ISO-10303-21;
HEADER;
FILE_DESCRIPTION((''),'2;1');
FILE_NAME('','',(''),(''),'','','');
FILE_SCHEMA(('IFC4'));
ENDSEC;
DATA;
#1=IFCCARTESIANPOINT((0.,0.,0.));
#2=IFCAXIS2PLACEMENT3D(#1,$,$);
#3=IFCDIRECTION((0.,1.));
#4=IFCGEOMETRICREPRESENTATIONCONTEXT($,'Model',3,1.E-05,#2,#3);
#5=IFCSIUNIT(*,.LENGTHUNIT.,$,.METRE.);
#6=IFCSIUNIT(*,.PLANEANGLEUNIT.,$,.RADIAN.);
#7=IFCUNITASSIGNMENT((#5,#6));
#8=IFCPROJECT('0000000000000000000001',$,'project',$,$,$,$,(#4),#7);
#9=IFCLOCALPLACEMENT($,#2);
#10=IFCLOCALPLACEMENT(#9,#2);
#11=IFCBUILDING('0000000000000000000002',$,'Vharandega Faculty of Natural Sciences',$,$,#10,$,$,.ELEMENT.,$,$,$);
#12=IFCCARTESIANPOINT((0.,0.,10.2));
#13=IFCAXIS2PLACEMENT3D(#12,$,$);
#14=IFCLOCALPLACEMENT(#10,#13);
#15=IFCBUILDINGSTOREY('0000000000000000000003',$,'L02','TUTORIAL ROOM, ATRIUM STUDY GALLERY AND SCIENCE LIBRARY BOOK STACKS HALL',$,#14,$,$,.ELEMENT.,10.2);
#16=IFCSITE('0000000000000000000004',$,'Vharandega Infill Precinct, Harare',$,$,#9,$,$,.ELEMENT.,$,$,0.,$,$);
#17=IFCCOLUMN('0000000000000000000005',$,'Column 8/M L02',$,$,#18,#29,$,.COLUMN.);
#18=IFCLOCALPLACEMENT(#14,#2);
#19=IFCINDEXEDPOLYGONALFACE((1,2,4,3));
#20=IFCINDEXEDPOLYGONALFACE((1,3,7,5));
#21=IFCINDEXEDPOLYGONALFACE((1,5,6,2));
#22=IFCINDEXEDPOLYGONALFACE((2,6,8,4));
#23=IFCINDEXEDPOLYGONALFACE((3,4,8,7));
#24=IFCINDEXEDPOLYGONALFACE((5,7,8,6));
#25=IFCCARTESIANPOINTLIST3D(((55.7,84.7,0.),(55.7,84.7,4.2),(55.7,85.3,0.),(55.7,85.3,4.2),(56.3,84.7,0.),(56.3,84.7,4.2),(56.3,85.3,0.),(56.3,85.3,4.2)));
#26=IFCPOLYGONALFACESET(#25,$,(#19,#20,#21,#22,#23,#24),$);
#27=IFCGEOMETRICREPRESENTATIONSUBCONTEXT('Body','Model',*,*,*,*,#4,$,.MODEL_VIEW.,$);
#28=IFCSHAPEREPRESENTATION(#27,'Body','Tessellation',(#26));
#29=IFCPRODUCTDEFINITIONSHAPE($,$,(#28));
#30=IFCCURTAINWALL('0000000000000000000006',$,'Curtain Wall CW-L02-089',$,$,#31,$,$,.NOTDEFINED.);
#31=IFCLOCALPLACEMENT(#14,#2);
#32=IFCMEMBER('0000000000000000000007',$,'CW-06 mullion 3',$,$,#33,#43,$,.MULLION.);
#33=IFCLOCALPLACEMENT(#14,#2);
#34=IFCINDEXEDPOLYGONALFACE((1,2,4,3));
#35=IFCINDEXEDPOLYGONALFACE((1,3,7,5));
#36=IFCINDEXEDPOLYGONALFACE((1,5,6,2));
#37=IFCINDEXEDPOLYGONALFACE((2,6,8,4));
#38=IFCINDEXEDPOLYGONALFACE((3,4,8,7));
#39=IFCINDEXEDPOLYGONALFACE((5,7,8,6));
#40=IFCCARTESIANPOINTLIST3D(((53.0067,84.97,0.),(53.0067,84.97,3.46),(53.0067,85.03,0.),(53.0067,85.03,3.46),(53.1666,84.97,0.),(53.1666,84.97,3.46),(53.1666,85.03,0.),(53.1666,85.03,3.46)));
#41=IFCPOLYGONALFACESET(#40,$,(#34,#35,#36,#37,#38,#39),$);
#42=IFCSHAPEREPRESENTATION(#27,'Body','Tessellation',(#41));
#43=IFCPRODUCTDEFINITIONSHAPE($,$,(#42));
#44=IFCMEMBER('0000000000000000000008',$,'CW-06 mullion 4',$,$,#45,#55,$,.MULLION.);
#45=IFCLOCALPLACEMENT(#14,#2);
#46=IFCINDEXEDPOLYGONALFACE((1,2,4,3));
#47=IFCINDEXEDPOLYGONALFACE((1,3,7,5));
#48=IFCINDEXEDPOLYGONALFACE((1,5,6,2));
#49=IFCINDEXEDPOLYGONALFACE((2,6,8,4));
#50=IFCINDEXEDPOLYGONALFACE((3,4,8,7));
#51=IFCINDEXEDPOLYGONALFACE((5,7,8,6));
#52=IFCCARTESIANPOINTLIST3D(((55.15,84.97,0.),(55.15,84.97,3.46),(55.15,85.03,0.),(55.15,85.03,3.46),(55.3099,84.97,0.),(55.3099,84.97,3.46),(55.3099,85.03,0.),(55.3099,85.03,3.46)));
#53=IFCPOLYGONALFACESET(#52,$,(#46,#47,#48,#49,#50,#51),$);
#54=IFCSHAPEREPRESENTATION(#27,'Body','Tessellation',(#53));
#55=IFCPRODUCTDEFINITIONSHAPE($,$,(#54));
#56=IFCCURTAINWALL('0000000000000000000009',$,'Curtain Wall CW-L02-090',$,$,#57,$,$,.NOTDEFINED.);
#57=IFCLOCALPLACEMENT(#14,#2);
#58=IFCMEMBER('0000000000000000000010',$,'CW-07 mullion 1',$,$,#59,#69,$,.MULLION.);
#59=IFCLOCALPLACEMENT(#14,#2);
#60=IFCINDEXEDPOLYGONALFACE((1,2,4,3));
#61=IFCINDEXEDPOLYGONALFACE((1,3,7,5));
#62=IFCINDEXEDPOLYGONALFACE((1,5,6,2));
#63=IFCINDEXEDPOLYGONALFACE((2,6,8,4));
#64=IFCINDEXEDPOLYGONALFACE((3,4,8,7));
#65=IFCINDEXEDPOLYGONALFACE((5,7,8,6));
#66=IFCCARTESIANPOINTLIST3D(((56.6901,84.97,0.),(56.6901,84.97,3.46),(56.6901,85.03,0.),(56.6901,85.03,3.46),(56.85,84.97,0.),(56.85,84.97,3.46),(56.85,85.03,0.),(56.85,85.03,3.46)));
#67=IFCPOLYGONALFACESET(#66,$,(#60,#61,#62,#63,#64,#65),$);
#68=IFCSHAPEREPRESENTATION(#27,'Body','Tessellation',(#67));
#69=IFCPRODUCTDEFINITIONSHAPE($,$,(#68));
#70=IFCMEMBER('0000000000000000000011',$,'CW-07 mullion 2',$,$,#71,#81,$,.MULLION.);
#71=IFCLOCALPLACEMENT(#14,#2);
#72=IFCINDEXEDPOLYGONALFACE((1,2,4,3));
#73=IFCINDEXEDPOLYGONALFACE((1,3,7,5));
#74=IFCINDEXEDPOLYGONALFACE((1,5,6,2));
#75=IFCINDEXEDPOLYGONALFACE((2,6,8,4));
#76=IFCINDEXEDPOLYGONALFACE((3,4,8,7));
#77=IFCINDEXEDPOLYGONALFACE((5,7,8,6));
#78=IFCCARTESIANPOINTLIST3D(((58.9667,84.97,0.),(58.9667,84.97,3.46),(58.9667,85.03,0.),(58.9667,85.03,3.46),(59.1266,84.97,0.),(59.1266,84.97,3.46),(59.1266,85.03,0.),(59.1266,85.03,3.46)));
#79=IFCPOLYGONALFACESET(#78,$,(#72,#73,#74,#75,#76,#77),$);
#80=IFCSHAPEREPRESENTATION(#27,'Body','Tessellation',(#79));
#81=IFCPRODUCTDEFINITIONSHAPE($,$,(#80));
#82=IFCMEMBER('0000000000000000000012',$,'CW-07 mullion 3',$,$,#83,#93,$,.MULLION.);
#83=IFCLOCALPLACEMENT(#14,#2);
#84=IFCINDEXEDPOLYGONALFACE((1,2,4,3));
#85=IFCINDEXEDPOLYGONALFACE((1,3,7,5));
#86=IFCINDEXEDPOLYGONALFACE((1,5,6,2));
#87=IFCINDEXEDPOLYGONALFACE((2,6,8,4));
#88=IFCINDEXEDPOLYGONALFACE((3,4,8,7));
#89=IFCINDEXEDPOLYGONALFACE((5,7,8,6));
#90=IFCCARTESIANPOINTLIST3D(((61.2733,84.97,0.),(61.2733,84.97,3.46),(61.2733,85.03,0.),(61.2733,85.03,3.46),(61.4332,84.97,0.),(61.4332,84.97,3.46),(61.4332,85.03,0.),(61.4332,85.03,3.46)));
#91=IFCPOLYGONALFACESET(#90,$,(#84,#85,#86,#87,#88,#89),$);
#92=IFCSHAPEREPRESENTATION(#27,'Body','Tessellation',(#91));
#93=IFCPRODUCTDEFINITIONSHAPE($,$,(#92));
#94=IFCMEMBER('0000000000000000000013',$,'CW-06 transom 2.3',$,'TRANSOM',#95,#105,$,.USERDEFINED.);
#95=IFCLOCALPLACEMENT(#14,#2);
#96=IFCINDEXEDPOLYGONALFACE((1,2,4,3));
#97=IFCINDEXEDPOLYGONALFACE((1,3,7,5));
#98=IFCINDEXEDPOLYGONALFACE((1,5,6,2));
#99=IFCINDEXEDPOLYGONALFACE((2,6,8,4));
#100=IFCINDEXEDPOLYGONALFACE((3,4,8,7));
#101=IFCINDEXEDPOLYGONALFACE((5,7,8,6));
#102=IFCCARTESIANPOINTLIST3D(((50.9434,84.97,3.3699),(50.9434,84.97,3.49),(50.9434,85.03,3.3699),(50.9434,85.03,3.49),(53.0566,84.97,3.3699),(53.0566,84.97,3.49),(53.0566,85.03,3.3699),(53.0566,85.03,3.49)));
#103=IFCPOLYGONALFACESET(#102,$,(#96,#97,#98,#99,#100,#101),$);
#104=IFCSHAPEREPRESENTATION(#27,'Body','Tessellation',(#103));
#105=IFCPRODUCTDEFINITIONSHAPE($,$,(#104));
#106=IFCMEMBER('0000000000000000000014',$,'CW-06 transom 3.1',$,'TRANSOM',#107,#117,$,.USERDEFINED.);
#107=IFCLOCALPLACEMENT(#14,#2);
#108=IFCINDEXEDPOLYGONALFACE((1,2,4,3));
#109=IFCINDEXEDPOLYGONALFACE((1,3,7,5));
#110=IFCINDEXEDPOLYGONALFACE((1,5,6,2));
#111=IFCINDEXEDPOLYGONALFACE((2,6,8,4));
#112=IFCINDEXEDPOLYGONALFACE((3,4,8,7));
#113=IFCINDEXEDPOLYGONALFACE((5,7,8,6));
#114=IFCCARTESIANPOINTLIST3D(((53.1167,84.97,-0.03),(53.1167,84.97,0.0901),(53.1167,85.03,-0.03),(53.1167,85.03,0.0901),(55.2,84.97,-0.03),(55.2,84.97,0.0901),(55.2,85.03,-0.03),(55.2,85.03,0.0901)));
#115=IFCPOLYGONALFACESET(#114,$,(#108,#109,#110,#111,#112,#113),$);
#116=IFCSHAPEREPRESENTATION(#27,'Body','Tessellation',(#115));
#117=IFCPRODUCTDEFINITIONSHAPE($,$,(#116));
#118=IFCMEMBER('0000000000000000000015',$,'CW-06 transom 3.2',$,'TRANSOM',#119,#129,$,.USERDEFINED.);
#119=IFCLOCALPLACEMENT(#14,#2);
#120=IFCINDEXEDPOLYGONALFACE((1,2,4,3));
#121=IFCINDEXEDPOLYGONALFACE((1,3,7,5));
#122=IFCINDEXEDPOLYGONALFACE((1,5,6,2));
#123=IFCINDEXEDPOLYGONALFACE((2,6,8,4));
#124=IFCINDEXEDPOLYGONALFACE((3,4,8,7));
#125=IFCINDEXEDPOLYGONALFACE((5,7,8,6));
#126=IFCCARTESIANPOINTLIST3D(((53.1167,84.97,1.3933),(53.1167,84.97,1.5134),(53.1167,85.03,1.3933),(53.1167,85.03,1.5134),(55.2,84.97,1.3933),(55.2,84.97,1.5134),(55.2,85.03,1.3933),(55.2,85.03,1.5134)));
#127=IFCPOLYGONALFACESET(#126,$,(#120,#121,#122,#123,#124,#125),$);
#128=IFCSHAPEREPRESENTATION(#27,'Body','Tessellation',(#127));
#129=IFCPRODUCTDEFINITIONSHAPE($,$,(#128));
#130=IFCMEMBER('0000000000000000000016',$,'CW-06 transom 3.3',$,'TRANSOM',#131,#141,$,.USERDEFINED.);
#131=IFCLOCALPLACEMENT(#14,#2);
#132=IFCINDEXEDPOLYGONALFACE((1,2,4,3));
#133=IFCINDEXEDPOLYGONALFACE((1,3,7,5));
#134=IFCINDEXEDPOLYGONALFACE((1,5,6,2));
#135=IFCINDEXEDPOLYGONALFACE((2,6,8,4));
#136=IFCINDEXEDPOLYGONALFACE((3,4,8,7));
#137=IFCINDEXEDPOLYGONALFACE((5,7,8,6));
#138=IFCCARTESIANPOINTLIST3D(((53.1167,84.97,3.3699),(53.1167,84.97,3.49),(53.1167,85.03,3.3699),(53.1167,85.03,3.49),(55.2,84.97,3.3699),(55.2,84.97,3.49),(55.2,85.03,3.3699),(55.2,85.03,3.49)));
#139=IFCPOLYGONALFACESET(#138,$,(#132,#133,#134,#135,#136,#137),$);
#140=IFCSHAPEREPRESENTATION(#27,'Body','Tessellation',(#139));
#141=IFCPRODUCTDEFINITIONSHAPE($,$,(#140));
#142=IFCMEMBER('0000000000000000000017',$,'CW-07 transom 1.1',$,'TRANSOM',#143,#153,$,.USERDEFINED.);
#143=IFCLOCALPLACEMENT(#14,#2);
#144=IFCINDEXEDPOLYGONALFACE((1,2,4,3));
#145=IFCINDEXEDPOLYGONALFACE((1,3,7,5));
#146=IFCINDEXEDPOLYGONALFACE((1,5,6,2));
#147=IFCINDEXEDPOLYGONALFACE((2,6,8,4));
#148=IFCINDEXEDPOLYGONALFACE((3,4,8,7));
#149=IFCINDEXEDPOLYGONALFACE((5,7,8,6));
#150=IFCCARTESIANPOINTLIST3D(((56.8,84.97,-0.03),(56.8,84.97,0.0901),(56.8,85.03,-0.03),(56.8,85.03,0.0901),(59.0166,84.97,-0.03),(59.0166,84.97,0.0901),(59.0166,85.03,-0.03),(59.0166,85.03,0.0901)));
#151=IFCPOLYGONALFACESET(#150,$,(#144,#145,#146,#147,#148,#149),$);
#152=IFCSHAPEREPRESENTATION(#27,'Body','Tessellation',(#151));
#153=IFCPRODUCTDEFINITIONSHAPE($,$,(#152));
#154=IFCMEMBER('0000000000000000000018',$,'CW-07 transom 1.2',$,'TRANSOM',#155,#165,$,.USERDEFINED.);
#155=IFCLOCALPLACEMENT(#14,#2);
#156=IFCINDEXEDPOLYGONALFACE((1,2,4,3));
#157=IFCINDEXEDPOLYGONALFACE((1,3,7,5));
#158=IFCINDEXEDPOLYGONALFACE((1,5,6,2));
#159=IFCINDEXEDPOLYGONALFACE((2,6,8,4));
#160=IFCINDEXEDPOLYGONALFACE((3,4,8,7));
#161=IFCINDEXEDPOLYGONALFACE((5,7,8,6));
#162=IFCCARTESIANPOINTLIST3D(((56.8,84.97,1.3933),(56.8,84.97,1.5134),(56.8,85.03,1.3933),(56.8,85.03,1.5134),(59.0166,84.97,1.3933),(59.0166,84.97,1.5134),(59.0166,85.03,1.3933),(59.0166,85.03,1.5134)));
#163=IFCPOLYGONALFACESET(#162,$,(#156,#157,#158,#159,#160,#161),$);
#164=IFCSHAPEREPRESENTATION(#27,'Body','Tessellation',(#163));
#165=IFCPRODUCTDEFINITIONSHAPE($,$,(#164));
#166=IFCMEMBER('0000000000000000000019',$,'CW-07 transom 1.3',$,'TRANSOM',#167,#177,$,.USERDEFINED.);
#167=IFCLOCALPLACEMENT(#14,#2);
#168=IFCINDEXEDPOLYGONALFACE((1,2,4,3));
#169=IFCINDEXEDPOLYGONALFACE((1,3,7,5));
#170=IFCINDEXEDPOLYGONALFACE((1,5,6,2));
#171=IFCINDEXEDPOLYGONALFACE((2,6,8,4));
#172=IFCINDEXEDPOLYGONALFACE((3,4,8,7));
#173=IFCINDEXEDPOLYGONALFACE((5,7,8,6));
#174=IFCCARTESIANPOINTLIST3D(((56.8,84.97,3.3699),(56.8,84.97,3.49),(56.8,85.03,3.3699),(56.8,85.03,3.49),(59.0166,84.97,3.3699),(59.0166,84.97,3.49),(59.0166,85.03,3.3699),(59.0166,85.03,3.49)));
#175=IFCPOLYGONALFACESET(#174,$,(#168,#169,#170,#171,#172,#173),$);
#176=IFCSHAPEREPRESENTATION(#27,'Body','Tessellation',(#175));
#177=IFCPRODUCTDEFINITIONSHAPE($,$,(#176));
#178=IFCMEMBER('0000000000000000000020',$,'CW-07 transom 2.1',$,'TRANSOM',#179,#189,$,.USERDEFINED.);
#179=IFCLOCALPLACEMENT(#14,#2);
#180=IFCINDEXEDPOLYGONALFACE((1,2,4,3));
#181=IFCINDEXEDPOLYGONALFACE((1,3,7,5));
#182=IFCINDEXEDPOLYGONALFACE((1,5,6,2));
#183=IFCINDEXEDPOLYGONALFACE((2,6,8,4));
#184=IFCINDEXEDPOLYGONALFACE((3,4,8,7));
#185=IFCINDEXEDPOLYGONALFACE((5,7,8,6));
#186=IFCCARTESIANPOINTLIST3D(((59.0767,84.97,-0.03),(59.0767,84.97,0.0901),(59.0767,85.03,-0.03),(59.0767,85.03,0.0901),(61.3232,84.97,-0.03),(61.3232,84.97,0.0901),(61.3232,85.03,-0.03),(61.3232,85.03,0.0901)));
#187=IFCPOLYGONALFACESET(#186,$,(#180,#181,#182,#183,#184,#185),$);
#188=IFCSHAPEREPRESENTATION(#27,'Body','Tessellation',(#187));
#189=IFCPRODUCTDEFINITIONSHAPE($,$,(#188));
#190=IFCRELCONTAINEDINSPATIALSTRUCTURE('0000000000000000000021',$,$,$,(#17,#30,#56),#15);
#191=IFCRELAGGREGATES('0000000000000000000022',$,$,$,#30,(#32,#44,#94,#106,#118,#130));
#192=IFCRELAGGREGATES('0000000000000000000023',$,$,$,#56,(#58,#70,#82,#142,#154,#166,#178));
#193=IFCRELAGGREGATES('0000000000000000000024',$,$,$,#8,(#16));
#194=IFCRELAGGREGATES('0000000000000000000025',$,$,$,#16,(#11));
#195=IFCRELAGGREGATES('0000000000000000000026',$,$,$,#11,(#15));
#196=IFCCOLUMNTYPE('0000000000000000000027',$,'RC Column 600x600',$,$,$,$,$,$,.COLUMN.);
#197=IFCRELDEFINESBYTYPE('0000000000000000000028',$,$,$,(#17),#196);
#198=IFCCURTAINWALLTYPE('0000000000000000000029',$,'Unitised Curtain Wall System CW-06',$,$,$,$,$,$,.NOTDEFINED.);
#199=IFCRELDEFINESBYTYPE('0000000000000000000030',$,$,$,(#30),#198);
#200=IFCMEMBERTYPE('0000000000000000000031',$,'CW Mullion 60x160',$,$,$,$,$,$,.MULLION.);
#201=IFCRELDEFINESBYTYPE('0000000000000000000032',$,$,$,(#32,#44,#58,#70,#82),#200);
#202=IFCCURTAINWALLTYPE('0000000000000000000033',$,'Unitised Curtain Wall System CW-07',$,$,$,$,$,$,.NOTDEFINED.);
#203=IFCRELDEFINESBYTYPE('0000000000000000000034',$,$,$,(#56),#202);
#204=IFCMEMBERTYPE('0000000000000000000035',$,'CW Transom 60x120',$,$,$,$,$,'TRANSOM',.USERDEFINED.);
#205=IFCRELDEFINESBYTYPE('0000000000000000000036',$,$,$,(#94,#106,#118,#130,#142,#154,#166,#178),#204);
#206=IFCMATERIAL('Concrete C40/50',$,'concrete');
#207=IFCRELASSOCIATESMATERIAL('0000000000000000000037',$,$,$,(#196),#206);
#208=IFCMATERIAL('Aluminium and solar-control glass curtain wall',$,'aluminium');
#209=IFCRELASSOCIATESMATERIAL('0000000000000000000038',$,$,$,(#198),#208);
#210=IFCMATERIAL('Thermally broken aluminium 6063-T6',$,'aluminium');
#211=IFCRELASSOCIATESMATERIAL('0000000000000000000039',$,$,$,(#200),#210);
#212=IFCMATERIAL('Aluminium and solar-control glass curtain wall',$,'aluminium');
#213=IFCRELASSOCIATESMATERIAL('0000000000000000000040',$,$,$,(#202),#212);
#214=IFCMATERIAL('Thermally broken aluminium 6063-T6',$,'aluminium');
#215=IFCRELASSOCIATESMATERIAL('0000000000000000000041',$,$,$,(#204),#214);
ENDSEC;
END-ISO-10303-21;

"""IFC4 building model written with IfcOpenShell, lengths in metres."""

from ifc_helpers import new_model, si_unit, direction, frame, origin, origin_2d, place, context, subcontext, project, spatial, rectangle, extrude, material, material_profile, profile_set, type_object, element, aggregate, save


model = new_model("IFC4")

# Units and contexts
model_context = context("Model", 3, precision=1e-05, world=origin(), true_north=direction((0.0, 1.0)))
body_context = subcontext(model_context, "Body", "Model", "MODEL_VIEW")
ifc_project = project(units=[si_unit("LENGTHUNIT", "METRE"), si_unit("PLANEANGLEUNIT", "RADIAN")], contexts=[model_context])

# Site, building, storey
site_placement = place(None, origin())
site = spatial("IfcSite", under=ifc_project, at=site_placement, Name="Vharandega Infill Precinct, Harare", CompositionType="ELEMENT", RefElevation=0.0)
building_placement = place(site_placement, origin())
building = spatial("IfcBuilding", under=site, at=building_placement, Name="Vharandega Faculty of Natural Sciences", CompositionType="ELEMENT")
storey_placement = place(building_placement, frame((0.0, 0.0, 10.2)))
storey = spatial("IfcBuildingStorey", under=building, at=storey_placement, Name="L02", Description="TUTORIAL ROOM, ATRIUM STUDY GALLERY AND SCIENCE LIBRARY BOOK STACKS HALL", CompositionType="ELEMENT", Elevation=10.2)

# Column
ifc_material_1 = material(Name="Concrete C40/50", Category="concrete")
ifc_material_profile_1 = material_profile(ifc_material_1, rectangle(XDim=0.6001, YDim=0.6001, at=origin_2d()), Name="RC 600x600")
ifc_profile_set_1 = profile_set([ifc_material_profile_1], Name="Concrete C40/50")
column_type = type_object("IfcColumnType", Name="RC Column 600x600", PredefinedType="COLUMN", material=ifc_profile_set_1)
column_placement = place(storey_placement, frame((56.0, 85.0, 0.0), z_axis=(0.0, 0.0, 1.0), x_axis=(1.0, 0.0, 0.0)))
element("IfcColumn", 1, at=column_placement, inside=storey, type_object=column_type, Name="Column 8/M L02", PredefinedType="COLUMN", context=body_context, shape_type="SweptSolid", body=[
    extrude(rectangle(XDim=0.6001, YDim=0.6001, at=origin_2d()), origin(), (0.0, 0.0, 1.0), 4.2),
])

# Curtain walls, members
ifc_material_2 = material(Name="Aluminium and solar-control glass curtain wall", Category="aluminium")
curtain_wall_type_1 = type_object("IfcCurtainWallType", Name="Unitised Curtain Wall System CW-06", PredefinedType="NOTDEFINED", material=ifc_material_2)
curtain_wall_1_placement = place(storey_placement, origin())
curtain_wall_1 = element("IfcCurtainWall", 2, at=curtain_wall_1_placement, inside=storey, type_object=curtain_wall_type_1, Name="Curtain Wall CW-L02-089", PredefinedType="NOTDEFINED")
ifc_material_3 = material(Name="Thermally broken aluminium 6063-T6", Category="aluminium")
ifc_material_profile_2 = material_profile(ifc_material_3, rectangle(XDim=0.0601, YDim=0.1599, at=origin_2d()), Name="ALU 60x160")
ifc_profile_set_2 = profile_set([ifc_material_profile_2], Name="Thermally broken aluminium 6063-T6")
member_type_1 = type_object("IfcMemberType", Name="CW Mullion 60x160", PredefinedType="MULLION", material=ifc_profile_set_2)
member_1_placement = place(storey_placement, frame((53.0867, 85.0, 0.0), z_axis=(0.0, 0.0, 1.0), x_axis=(0.0, 1.0, 0.0)))
member_1 = element("IfcMember", 3, at=member_1_placement, type_object=member_type_1, Name="CW-06 mullion 3", PredefinedType="MULLION", context=body_context, shape_type="SweptSolid", body=[
    extrude(rectangle(XDim=0.0601, YDim=0.1599, at=origin_2d()), origin(), (0.0, 0.0, 1.0), 3.46),
])
member_2_placement = place(storey_placement, frame((55.23, 85.0, 0.0), z_axis=(0.0, 0.0, 1.0), x_axis=(0.0, 1.0, 0.0)))
member_2 = element("IfcMember", 4, at=member_2_placement, type_object=member_type_1, Name="CW-06 mullion 4", PredefinedType="MULLION", context=body_context, shape_type="SweptSolid", body=[
    extrude(rectangle(XDim=0.0601, YDim=0.1599, at=origin_2d()), origin(), (0.0, 0.0, 1.0), 3.46),
])
ifc_material_4 = material(Name="Aluminium and solar-control glass curtain wall", Category="aluminium")
curtain_wall_type_2 = type_object("IfcCurtainWallType", Name="Unitised Curtain Wall System CW-07", PredefinedType="NOTDEFINED", material=ifc_material_4)
curtain_wall_2_placement = place(storey_placement, origin())
curtain_wall_2 = element("IfcCurtainWall", 5, at=curtain_wall_2_placement, inside=storey, type_object=curtain_wall_type_2, Name="Curtain Wall CW-L02-090", PredefinedType="NOTDEFINED")
member_3_placement = place(storey_placement, frame((56.77, 85.0, 0.0), z_axis=(0.0, 0.0, 1.0), x_axis=(0.0, 1.0, 0.0)))
member_3 = element("IfcMember", 6, at=member_3_placement, type_object=member_type_1, Name="CW-07 mullion 1", PredefinedType="MULLION", context=body_context, shape_type="SweptSolid", body=[
    extrude(rectangle(XDim=0.0601, YDim=0.1599, at=origin_2d()), origin(), (0.0, 0.0, 1.0), 3.46),
])
member_4_placement = place(storey_placement, frame((59.0466, 85.0, 0.0), z_axis=(0.0, 0.0, 1.0), x_axis=(0.0, 1.0, 0.0)))
member_4 = element("IfcMember", 7, at=member_4_placement, type_object=member_type_1, Name="CW-07 mullion 2", PredefinedType="MULLION", context=body_context, shape_type="SweptSolid", body=[
    extrude(rectangle(XDim=0.0601, YDim=0.1599, at=origin_2d()), origin(), (0.0, 0.0, 1.0), 3.46),
])
member_5_placement = place(storey_placement, frame((61.3533, 85.0, 0.0), z_axis=(0.0, 0.0, 1.0), x_axis=(0.0, 1.0, 0.0)))
member_5 = element("IfcMember", 8, at=member_5_placement, type_object=member_type_1, Name="CW-07 mullion 3", PredefinedType="MULLION", context=body_context, shape_type="SweptSolid", body=[
    extrude(rectangle(XDim=0.0601, YDim=0.1599, at=origin_2d()), origin(), (0.0, 0.0, 1.0), 3.46),
])

# Members
ifc_material_5 = material(Name="Thermally broken aluminium 6063-T6", Category="aluminium")
ifc_material_profile_3 = material_profile(ifc_material_5, rectangle(XDim=0.0601, YDim=0.1201, at=origin_2d()), Name="ALU 60x120")
ifc_profile_set_3 = profile_set([ifc_material_profile_3], Name="Thermally broken aluminium 6063-T6")
member_type_2 = type_object("IfcMemberType", Name="CW Transom 60x120", ElementType="TRANSOM", PredefinedType="USERDEFINED", material=ifc_profile_set_3)
member_6_placement = place(storey_placement, frame((50.9434, 85.0, 3.4299), z_axis=(1.0, 0.0, 0.0), x_axis=(0.0, 1.0, 0.0)))
member_6 = element("IfcMember", 9, at=member_6_placement, type_object=member_type_2, Name="CW-06 transom 2.3", ObjectType="TRANSOM", PredefinedType="USERDEFINED", context=body_context, shape_type="SweptSolid", body=[
    extrude(rectangle(XDim=0.0601, YDim=0.1201, at=origin_2d()), origin(), (0.0, 0.0, 1.0), 2.1133),
])
member_7_placement = place(storey_placement, frame((53.1167, 85.0, 0.03), z_axis=(1.0, 0.0, 0.0), x_axis=(0.0, 1.0, 0.0)))
member_7 = element("IfcMember", 10, at=member_7_placement, type_object=member_type_2, Name="CW-06 transom 3.1", ObjectType="TRANSOM", PredefinedType="USERDEFINED", context=body_context, shape_type="SweptSolid", body=[
    extrude(rectangle(XDim=0.0601, YDim=0.1201, at=origin_2d()), origin(), (0.0, 0.0, 1.0), 2.0833),
])
member_8_placement = place(storey_placement, frame((53.1167, 85.0, 1.4534), z_axis=(1.0, 0.0, 0.0), x_axis=(0.0, 1.0, 0.0)))
member_8 = element("IfcMember", 11, at=member_8_placement, type_object=member_type_2, Name="CW-06 transom 3.2", ObjectType="TRANSOM", PredefinedType="USERDEFINED", context=body_context, shape_type="SweptSolid", body=[
    extrude(rectangle(XDim=0.0601, YDim=0.1201, at=origin_2d()), origin(), (0.0, 0.0, 1.0), 2.0833),
])
member_9_placement = place(storey_placement, frame((53.1167, 85.0, 3.4299), z_axis=(1.0, 0.0, 0.0), x_axis=(0.0, 1.0, 0.0)))
member_9 = element("IfcMember", 12, at=member_9_placement, type_object=member_type_2, Name="CW-06 transom 3.3", ObjectType="TRANSOM", PredefinedType="USERDEFINED", context=body_context, shape_type="SweptSolid", body=[
    extrude(rectangle(XDim=0.0601, YDim=0.1201, at=origin_2d()), origin(), (0.0, 0.0, 1.0), 2.0833),
])
member_10_placement = place(storey_placement, frame((56.8, 85.0, 0.03), z_axis=(1.0, 0.0, 0.0), x_axis=(0.0, 1.0, 0.0)))
member_10 = element("IfcMember", 13, at=member_10_placement, type_object=member_type_2, Name="CW-07 transom 1.1", ObjectType="TRANSOM", PredefinedType="USERDEFINED", context=body_context, shape_type="SweptSolid", body=[
    extrude(rectangle(XDim=0.0601, YDim=0.1201, at=origin_2d()), origin(), (0.0, 0.0, 1.0), 2.2166),
])
member_11_placement = place(storey_placement, frame((56.8, 85.0, 1.4534), z_axis=(1.0, 0.0, 0.0), x_axis=(0.0, 1.0, 0.0)))
member_11 = element("IfcMember", 14, at=member_11_placement, type_object=member_type_2, Name="CW-07 transom 1.2", ObjectType="TRANSOM", PredefinedType="USERDEFINED", context=body_context, shape_type="SweptSolid", body=[
    extrude(rectangle(XDim=0.0601, YDim=0.1201, at=origin_2d()), origin(), (0.0, 0.0, 1.0), 2.2166),
])
member_12_placement = place(storey_placement, frame((56.8, 85.0, 3.4299), z_axis=(1.0, 0.0, 0.0), x_axis=(0.0, 1.0, 0.0)))
member_12 = element("IfcMember", 15, at=member_12_placement, type_object=member_type_2, Name="CW-07 transom 1.3", ObjectType="TRANSOM", PredefinedType="USERDEFINED", context=body_context, shape_type="SweptSolid", body=[
    extrude(rectangle(XDim=0.0601, YDim=0.1201, at=origin_2d()), origin(), (0.0, 0.0, 1.0), 2.2166),
])
member_13_placement = place(storey_placement, frame((59.0767, 85.0, 0.03), z_axis=(1.0, 0.0, 0.0), x_axis=(0.0, 1.0, 0.0)))
member_13 = element("IfcMember", 16, at=member_13_placement, type_object=member_type_2, Name="CW-07 transom 2.1", ObjectType="TRANSOM", PredefinedType="USERDEFINED", context=body_context, shape_type="SweptSolid", body=[
    extrude(rectangle(XDim=0.0601, YDim=0.1201, at=origin_2d()), origin(), (0.0, 0.0, 1.0), 2.2466),
])

aggregate(curtain_wall_1, [member_1, member_2, member_6, member_7, member_8, member_9])
aggregate(curtain_wall_2, [member_3, member_4, member_5, member_10, member_11, member_12, member_13])

save(model, "model.ifc")
